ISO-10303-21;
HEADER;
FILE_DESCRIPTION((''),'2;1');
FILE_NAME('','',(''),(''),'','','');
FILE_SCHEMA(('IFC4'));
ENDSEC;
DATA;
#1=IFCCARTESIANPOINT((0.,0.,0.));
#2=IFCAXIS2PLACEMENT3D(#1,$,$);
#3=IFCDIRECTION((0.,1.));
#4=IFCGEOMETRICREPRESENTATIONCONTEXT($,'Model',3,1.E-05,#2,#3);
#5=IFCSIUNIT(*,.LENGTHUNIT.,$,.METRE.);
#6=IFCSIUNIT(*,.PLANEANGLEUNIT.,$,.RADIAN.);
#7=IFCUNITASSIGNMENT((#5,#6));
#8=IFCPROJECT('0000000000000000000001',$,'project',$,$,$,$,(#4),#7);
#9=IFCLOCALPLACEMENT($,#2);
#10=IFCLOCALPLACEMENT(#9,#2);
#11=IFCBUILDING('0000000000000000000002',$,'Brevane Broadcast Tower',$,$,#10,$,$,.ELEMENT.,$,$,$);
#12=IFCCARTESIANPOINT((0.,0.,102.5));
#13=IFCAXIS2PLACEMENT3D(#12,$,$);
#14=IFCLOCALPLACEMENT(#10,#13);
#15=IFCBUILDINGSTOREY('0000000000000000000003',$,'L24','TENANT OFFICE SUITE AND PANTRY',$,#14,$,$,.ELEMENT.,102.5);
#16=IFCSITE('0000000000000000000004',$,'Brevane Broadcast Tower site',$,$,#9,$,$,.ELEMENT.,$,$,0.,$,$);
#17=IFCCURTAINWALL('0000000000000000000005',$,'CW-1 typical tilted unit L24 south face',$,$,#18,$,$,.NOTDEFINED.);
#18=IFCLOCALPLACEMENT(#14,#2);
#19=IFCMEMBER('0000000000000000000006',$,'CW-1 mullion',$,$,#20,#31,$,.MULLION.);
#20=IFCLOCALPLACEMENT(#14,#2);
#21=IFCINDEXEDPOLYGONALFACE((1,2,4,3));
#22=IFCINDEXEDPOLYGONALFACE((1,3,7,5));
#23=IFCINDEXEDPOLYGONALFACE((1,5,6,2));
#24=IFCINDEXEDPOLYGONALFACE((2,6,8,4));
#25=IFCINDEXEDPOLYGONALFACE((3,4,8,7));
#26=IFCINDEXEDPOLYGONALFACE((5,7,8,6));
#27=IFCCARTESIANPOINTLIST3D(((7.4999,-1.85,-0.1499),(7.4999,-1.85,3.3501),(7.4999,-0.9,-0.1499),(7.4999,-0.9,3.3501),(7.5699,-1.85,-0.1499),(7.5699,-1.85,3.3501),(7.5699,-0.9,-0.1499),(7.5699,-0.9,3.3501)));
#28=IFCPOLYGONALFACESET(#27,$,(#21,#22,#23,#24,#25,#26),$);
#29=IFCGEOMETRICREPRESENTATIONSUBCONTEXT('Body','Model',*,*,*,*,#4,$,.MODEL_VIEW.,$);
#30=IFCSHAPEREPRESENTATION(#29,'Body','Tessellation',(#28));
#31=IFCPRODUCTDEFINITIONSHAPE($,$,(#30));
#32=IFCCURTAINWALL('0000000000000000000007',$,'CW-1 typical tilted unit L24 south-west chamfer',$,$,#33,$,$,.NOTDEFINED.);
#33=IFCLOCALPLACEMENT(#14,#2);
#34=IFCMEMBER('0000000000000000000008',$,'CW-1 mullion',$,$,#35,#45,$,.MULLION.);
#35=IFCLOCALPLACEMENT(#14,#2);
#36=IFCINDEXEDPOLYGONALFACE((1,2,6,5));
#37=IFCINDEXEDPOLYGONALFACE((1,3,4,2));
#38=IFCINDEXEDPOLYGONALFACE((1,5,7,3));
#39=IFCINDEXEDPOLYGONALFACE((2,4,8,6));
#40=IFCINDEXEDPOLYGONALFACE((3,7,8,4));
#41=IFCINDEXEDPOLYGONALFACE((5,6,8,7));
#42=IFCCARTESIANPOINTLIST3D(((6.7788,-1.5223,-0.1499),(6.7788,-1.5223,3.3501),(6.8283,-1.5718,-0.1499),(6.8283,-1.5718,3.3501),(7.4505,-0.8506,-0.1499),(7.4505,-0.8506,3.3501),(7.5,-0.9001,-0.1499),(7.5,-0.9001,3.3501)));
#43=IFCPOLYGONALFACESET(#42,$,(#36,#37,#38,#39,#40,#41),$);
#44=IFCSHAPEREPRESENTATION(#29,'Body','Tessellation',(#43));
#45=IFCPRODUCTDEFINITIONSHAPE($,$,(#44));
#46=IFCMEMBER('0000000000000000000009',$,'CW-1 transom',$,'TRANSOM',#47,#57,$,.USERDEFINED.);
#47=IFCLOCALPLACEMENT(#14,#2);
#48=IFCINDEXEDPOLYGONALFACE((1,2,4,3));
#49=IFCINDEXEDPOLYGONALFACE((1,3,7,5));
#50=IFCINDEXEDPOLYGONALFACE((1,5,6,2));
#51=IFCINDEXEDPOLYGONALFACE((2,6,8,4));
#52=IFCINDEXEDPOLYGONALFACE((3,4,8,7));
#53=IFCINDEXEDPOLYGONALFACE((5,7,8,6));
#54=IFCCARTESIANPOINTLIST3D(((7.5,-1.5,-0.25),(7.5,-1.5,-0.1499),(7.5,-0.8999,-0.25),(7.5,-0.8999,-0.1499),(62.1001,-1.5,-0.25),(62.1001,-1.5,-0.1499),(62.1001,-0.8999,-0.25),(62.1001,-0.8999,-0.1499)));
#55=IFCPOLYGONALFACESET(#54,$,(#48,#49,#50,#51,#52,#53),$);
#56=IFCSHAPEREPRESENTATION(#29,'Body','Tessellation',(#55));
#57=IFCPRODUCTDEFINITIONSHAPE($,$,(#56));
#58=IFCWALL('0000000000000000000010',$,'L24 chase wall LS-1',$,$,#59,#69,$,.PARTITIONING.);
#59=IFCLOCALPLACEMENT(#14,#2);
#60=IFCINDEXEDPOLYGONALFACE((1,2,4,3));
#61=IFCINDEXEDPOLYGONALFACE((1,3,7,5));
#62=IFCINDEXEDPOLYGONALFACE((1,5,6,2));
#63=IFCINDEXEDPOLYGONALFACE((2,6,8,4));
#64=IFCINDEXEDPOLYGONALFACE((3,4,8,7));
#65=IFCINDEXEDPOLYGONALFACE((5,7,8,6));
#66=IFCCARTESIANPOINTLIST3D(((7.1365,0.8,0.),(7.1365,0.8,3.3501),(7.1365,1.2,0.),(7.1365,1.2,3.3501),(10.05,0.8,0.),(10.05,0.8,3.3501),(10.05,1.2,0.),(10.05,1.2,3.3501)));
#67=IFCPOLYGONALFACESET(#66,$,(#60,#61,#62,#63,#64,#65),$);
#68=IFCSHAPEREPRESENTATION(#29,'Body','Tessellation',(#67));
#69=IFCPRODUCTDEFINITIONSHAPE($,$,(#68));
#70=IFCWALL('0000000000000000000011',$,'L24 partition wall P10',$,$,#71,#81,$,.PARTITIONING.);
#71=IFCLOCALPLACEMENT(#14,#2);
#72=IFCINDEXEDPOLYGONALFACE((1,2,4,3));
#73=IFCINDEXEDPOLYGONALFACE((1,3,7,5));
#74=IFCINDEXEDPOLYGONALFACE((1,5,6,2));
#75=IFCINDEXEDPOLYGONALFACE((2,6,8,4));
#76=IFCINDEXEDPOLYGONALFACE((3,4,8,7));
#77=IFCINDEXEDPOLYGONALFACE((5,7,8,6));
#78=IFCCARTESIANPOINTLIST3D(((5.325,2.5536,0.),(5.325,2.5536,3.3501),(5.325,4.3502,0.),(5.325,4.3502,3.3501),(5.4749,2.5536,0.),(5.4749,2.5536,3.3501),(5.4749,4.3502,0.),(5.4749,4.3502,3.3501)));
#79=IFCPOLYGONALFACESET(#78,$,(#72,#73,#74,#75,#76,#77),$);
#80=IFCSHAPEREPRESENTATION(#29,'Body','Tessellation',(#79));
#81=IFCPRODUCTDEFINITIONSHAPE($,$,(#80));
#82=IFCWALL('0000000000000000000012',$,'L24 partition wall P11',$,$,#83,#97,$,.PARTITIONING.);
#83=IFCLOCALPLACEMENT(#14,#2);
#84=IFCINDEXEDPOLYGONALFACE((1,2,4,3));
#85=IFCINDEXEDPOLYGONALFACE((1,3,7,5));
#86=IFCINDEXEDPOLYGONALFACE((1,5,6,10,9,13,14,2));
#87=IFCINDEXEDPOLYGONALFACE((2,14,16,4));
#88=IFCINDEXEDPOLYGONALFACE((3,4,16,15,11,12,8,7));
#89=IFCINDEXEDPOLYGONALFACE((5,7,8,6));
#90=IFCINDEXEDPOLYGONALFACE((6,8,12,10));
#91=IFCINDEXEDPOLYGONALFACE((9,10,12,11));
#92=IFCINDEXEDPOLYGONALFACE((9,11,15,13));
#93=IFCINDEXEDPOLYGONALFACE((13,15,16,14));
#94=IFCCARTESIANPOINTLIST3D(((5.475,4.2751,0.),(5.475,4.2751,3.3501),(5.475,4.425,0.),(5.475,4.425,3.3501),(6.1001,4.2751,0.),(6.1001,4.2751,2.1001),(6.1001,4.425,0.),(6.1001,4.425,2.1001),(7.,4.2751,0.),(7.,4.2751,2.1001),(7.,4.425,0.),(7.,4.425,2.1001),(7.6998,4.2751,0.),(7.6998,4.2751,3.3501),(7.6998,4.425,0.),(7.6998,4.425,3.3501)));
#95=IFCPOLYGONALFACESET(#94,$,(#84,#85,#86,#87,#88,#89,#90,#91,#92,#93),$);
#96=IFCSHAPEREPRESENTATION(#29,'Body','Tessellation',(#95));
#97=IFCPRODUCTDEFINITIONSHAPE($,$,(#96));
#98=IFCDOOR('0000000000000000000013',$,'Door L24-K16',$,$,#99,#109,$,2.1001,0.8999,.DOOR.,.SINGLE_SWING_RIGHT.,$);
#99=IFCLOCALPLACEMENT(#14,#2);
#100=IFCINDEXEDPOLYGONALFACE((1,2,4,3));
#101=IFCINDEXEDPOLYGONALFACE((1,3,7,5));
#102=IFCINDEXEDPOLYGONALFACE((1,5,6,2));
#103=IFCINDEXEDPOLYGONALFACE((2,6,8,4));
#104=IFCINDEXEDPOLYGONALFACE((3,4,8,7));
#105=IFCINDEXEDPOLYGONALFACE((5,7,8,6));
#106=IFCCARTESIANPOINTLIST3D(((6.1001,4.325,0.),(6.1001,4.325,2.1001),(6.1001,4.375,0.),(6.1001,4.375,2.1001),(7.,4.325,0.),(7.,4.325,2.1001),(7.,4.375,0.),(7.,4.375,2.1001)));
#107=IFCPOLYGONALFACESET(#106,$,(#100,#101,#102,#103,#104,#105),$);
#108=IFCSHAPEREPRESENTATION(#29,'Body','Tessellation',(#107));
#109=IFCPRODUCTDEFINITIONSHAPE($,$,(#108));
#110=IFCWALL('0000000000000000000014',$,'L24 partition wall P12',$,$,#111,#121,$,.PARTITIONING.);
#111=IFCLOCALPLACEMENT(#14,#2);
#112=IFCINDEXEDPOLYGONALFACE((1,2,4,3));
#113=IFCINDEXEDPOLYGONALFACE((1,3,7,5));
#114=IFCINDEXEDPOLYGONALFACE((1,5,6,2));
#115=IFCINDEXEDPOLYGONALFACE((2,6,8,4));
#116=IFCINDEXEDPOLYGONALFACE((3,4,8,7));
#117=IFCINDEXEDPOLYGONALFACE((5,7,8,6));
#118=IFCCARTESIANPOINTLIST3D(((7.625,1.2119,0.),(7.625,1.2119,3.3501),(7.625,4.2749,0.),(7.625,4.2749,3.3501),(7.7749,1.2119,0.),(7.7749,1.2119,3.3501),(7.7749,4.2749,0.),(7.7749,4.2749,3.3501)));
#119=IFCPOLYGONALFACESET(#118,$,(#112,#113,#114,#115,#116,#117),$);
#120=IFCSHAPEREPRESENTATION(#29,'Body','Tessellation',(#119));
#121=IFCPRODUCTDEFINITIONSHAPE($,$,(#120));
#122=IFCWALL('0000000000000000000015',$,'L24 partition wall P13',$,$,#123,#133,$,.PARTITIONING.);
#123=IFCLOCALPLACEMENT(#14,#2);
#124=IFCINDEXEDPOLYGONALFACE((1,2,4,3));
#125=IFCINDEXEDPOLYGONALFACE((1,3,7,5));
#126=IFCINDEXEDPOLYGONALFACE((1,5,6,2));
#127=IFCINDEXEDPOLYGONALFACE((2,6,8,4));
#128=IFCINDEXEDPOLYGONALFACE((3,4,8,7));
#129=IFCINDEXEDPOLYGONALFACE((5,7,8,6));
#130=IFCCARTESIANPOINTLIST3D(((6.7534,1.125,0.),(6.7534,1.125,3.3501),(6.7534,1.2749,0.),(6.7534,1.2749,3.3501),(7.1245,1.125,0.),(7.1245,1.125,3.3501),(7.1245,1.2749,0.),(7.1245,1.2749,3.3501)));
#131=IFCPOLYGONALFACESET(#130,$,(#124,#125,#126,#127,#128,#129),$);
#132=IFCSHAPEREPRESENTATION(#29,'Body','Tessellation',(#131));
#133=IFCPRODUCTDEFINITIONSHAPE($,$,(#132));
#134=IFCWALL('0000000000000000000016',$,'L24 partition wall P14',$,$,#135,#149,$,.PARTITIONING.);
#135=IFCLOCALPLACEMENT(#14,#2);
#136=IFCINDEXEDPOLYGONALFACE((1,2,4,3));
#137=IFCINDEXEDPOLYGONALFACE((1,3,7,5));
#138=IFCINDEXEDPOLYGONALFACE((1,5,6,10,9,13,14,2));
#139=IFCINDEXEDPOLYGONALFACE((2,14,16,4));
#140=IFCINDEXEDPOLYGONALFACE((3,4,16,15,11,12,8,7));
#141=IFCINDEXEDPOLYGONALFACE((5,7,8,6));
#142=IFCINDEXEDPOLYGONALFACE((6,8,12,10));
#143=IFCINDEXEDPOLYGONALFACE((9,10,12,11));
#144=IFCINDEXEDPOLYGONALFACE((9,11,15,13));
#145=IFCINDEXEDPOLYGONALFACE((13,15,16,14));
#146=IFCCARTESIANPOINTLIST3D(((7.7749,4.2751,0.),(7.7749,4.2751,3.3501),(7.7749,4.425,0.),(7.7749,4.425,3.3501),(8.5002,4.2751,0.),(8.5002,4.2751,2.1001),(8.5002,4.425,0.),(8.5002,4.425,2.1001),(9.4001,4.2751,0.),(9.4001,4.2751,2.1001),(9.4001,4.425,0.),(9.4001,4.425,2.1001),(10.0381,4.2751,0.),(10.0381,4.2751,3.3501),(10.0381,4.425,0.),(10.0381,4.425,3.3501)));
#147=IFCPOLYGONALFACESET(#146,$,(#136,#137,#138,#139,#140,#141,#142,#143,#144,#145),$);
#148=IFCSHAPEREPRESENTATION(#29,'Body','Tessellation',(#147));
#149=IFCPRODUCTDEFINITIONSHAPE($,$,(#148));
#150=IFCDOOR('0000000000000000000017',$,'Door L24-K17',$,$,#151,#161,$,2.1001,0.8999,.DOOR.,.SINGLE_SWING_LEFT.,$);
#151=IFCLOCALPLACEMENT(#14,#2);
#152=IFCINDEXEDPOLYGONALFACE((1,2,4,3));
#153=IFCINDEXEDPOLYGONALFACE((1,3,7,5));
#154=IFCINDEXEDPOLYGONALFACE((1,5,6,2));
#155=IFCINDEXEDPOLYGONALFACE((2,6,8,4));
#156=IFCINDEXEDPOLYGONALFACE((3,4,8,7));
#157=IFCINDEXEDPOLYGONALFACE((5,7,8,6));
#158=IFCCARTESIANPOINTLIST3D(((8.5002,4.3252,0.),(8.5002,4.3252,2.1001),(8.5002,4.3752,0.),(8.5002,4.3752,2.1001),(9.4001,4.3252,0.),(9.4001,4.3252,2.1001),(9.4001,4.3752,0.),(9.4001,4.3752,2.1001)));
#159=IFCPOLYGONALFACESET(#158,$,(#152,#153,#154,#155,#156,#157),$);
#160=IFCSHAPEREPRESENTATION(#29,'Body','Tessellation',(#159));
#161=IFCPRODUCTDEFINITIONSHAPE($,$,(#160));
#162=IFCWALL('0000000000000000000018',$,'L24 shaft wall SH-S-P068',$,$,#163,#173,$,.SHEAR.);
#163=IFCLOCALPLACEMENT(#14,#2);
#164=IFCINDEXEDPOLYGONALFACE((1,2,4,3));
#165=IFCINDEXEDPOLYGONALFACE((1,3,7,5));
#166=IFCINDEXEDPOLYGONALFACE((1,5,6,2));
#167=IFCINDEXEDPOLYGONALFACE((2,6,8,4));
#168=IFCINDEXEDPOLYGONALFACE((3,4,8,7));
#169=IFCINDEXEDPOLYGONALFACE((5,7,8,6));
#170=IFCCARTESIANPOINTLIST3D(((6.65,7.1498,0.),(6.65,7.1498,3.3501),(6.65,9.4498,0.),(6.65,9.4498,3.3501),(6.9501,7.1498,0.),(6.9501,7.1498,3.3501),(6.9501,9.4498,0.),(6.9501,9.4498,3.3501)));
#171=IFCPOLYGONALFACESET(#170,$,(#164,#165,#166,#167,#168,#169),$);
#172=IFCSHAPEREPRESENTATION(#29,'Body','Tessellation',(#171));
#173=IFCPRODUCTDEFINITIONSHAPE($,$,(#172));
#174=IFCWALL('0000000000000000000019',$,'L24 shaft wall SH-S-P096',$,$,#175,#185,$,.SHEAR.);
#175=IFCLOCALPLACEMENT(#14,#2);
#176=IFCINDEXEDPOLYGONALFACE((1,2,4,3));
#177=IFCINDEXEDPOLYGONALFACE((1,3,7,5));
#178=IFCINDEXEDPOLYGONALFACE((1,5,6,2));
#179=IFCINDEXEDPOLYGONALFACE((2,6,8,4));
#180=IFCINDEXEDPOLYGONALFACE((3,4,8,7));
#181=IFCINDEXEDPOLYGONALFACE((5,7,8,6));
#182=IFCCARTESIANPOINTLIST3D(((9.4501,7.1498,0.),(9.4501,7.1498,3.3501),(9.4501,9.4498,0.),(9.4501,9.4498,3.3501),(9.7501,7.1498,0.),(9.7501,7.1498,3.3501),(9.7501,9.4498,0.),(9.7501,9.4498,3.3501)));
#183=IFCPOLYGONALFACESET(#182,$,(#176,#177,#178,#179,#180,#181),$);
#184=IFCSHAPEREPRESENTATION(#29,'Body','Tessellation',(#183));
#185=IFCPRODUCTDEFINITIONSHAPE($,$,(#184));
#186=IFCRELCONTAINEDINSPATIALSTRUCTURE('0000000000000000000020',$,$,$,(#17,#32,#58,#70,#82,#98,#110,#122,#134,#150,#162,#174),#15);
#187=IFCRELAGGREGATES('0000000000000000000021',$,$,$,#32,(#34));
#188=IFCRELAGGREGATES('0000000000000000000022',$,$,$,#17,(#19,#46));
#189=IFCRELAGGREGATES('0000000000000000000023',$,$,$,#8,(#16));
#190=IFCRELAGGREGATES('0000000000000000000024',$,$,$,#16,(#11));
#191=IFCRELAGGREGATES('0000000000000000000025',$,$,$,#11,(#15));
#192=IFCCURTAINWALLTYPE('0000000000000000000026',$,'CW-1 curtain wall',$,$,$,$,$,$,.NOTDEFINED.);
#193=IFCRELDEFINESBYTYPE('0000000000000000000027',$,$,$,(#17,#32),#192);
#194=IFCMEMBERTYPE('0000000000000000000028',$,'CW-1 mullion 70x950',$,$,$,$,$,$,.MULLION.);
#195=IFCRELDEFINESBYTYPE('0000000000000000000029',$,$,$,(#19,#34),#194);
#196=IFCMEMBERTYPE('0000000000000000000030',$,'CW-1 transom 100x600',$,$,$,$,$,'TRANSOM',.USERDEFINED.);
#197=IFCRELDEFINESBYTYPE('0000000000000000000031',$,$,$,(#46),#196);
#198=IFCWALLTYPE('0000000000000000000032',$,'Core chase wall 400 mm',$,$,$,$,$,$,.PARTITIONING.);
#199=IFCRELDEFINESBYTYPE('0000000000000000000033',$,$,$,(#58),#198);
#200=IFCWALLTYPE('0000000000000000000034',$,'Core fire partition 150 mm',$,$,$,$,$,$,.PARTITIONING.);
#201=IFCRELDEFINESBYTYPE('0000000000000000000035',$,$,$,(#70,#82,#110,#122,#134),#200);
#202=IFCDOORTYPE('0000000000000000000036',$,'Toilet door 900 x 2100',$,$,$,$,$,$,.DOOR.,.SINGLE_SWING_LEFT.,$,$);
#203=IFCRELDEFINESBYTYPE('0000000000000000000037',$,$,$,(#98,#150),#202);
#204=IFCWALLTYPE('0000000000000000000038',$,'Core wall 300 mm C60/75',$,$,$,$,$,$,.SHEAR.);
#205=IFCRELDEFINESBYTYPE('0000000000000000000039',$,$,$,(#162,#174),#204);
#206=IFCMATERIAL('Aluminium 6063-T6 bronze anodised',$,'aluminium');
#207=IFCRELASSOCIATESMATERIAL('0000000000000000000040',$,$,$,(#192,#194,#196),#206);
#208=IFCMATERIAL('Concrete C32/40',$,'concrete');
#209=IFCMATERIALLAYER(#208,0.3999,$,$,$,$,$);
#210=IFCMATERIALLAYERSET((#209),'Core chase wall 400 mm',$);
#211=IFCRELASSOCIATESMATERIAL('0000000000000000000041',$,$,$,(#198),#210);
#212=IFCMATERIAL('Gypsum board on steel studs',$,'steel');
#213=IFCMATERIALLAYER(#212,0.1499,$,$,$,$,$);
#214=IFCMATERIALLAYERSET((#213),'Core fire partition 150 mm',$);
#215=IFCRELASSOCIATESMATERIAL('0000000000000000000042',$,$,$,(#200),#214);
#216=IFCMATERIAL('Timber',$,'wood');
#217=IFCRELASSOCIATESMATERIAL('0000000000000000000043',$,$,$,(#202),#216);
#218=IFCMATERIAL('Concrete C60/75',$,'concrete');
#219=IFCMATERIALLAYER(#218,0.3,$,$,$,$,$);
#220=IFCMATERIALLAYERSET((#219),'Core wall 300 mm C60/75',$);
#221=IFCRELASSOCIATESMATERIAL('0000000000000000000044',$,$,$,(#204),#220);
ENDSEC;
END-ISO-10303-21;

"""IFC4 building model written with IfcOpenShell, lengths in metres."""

from ifc_helpers import new_model, si_unit, direction, frame, frame_2d, origin, origin_2d, place, context, subcontext, project, spatial, rectangle, extrude, material, layer, layer_set, material_profile, profile_set, type_object, element, fill, aggregate, save


model = new_model("IFC4")

# Units and contexts
model_context = context("Model", 3, precision=1e-05, world=origin(), true_north=direction((0.0, 1.0)))
body_context = subcontext(model_context, "Body", "Model", "MODEL_VIEW")
ifc_project = project(units=[si_unit("LENGTHUNIT", "METRE"), si_unit("PLANEANGLEUNIT", "RADIAN")], contexts=[model_context])

# Site, building, storey
site_placement = place(None, origin())
site = spatial("IfcSite", under=ifc_project, at=site_placement, Name="Brevane Broadcast Tower site", CompositionType="ELEMENT", RefElevation=0.0)
building_placement = place(site_placement, origin())
building = spatial("IfcBuilding", under=site, at=building_placement, Name="Brevane Broadcast Tower", CompositionType="ELEMENT")
storey_placement = place(building_placement, frame((0.0, 0.0, 102.5)))
storey = spatial("IfcBuildingStorey", under=building, at=storey_placement, Name="L24", Description="TENANT OFFICE SUITE AND PANTRY", CompositionType="ELEMENT", Elevation=102.5)

# Curtain walls, members
ifc_material_1 = material(Name="Aluminium 6063-T6 bronze anodised", Category="aluminium")
curtain_wall_type = type_object("IfcCurtainWallType", Name="CW-1 curtain wall", PredefinedType="NOTDEFINED", material=ifc_material_1)
curtain_wall_1_placement = place(storey_placement, origin())
curtain_wall_1 = element("IfcCurtainWall", 1, at=curtain_wall_1_placement, inside=storey, type_object=curtain_wall_type, Name="CW-1 typical tilted unit L24 south face", PredefinedType="NOTDEFINED")
ifc_material_profile_1 = material_profile(ifc_material_1, rectangle(XDim=0.95, YDim=0.0701, at=origin_2d()), Name="RECT 70x950")
ifc_profile_set_1 = profile_set([ifc_material_profile_1], Name="Aluminium 6063-T6 bronze anodised")
member_type_1 = type_object("IfcMemberType", Name="CW-1 mullion 70x950", PredefinedType="MULLION", material=ifc_profile_set_1)
member_1_placement = place(storey_placement, frame((7.5349, -1.375, -0.1499), z_axis=(0.0, 0.0, 1.0), x_axis=(0.0, 1.0, 0.0)))
member_1 = element("IfcMember", 2, at=member_1_placement, type_object=member_type_1, Name="CW-1 mullion", PredefinedType="MULLION", context=body_context, shape_type="SweptSolid", body=[
    extrude(rectangle(XDim=0.95, YDim=0.0701, at=origin_2d()), origin(), (0.0, 0.0, 1.0), 3.5),
])
curtain_wall_2_placement = place(storey_placement, origin())
curtain_wall_2 = element("IfcCurtainWall", 3, at=curtain_wall_2_placement, inside=storey, type_object=curtain_wall_type, Name="CW-1 typical tilted unit L24 south-west chamfer", PredefinedType="NOTDEFINED")
member_2_placement = place(storey_placement, frame((7.1394, -1.2112, -0.1499), z_axis=(0.0, 0.0, 1.0), x_axis=(0.707107, 0.707107, 0.0)))
member_2 = element("IfcMember", 4, at=member_2_placement, type_object=member_type_1, Name="CW-1 mullion", PredefinedType="MULLION", context=body_context, shape_type="SweptSolid", body=[
    extrude(rectangle(XDim=0.95, YDim=0.0701, at=origin_2d()), origin(), (0.0, 0.0, 1.0), 3.5),
])
aggregate(curtain_wall_2, [member_2])

# Member
ifc_material_profile_2 = material_profile(ifc_material_1, rectangle(XDim=0.6001, YDim=0.1001, at=origin_2d()), Name="RECT 100x600")
ifc_profile_set_2 = profile_set([ifc_material_profile_2], Name="Aluminium 6063-T6 bronze anodised")
member_type_2 = type_object("IfcMemberType", Name="CW-1 transom 100x600", ElementType="TRANSOM", PredefinedType="USERDEFINED", material=ifc_profile_set_2)
member_3_placement = place(storey_placement, frame((7.5, -1.2, -0.2), z_axis=(1.0, 0.0, 0.0), x_axis=(0.0, 1.0, 0.0)))
member_3 = element("IfcMember", 5, at=member_3_placement, type_object=member_type_2, Name="CW-1 transom", ObjectType="TRANSOM", PredefinedType="USERDEFINED", context=body_context, shape_type="SweptSolid", body=[
    extrude(rectangle(XDim=0.6001, YDim=0.1001, at=origin_2d()), origin(), (0.0, 0.0, 1.0), 54.6001),
])
aggregate(curtain_wall_1, [member_1, member_3])

# Walls
ifc_material_2 = material(Name="Concrete C32/40", Category="concrete")
ifc_layer_1 = layer(ifc_material_2, 0.3999)
ifc_layer_set_1 = layer_set([ifc_layer_1], Name="Core chase wall 400 mm")
wall_type_1 = type_object("IfcWallType", Name="Core chase wall 400 mm", PredefinedType="PARTITIONING", material=ifc_layer_set_1)
wall_1_placement = place(storey_placement, frame((7.1365, 1.0, 0.0), z_axis=(0.0, 0.0, 1.0), x_axis=(1.0, 0.0, 0.0)))
element("IfcWall", 6, at=wall_1_placement, inside=storey, type_object=wall_type_1, Name="L24 chase wall LS-1", PredefinedType="PARTITIONING", context=body_context, shape_type="SweptSolid", body=[
    extrude(rectangle(XDim=2.9136, YDim=0.3999, at=frame_2d((1.4568, 0.0))), origin(), (0.0, 0.0, 1.0), 3.3501),
])
ifc_material_3 = material(Name="Gypsum board on steel studs", Category="steel")
ifc_layer_2 = layer(ifc_material_3, 0.1499)
ifc_layer_set_2 = layer_set([ifc_layer_2], Name="Core fire partition 150 mm")
wall_type_2 = type_object("IfcWallType", Name="Core fire partition 150 mm", PredefinedType="PARTITIONING", material=ifc_layer_set_2)
wall_2_placement = place(storey_placement, frame((5.3999, 2.5535, 0.0), z_axis=(0.0, 0.0, 1.0), x_axis=(0.0, 1.0, 0.0)))
element("IfcWall", 7, at=wall_2_placement, inside=storey, type_object=wall_type_2, Name="L24 partition wall P10", PredefinedType="PARTITIONING", context=body_context, shape_type="SweptSolid", body=[
    extrude(rectangle(XDim=1.7966, YDim=0.1499, at=frame_2d((0.8984, 0.0))), origin(), (0.0, 0.0, 1.0), 3.3501),
])

# Wall, opening, door
wall_3_placement = place(storey_placement, frame((5.4751, 4.3501, 0.0), z_axis=(0.0, 0.0, 1.0), x_axis=(1.0, 0.0, 0.0)))
wall_3 = element("IfcWall", 8, at=wall_3_placement, inside=storey, type_object=wall_type_2, Name="L24 partition wall P11", PredefinedType="PARTITIONING", context=body_context, shape_type="SweptSolid", body=[
    extrude(rectangle(XDim=2.2249, YDim=0.1499, at=frame_2d((1.1123, 0.0))), origin(), (0.0, 0.0, 1.0), 3.3501),
])
opening_1_placement = place(wall_3_placement, frame((0.625, 0.0, 0.0)))
opening_1 = element("IfcOpeningElement", 9, at=opening_1_placement, cuts=wall_3, PredefinedType="OPENING", context=body_context, shape_type="SweptSolid", body=[
    extrude(rectangle(XDim=0.8999, YDim=2.1001, at=frame_2d((0.45, 1.05))), frame((0.0, 0.085, 0.0), z_axis=(0.0, -1.0, 0.0), x_axis=(1.0, 0.0, 0.0)), (0.0, 0.0, 1.0), 0.1699),
])
ifc_material_4 = material(Name="Timber", Category="wood")
door_type = type_object("IfcDoorType", Name="Toilet door 900 x 2100", OperationType="SINGLE_SWING_LEFT", PredefinedType="DOOR", material=ifc_material_4)
door_1_placement = place(opening_1_placement, origin())
door_1 = element("IfcDoor", 10, at=door_1_placement, inside=storey, type_object=door_type, Name="Door L24-K16", OperationType="SINGLE_SWING_RIGHT", OverallHeight=2.1001, OverallWidth=0.8999, PredefinedType="DOOR", context=body_context, shape_type="SweptSolid", body=[
    extrude(rectangle(XDim=0.8999, YDim=2.1001, at=frame_2d((0.45, 1.05))), frame((0.0, 0.0249, 0.0), z_axis=(0.0, -1.0, 0.0), x_axis=(1.0, 0.0, 0.0)), (0.0, 0.0, 1.0), 0.05),
])
fill(opening_1, door_1)

# Walls
wall_4_placement = place(storey_placement, frame((7.7, 4.2749, 0.0), z_axis=(0.0, 0.0, 1.0), x_axis=(0.0, -1.0, 0.0)))
element("IfcWall", 11, at=wall_4_placement, inside=storey, type_object=wall_type_2, Name="L24 partition wall P12", PredefinedType="PARTITIONING", context=body_context, shape_type="SweptSolid", body=[
    extrude(rectangle(XDim=3.063, YDim=0.1499, at=frame_2d((1.5315, 0.0))), origin(), (0.0, 0.0, 1.0), 3.3501),
])
wall_5_placement = place(storey_placement, frame((7.1245, 1.2, 0.0), z_axis=(0.0, 0.0, 1.0), x_axis=(-1.0, 0.0, 0.0)))
element("IfcWall", 12, at=wall_5_placement, inside=storey, type_object=wall_type_2, Name="L24 partition wall P13", PredefinedType="PARTITIONING", context=body_context, shape_type="SweptSolid", body=[
    extrude(rectangle(XDim=0.3711, YDim=0.1499, at=frame_2d((0.1855, 0.0))), origin(), (0.0, 0.0, 1.0), 3.3501),
])

# Wall, opening, door
wall_6_placement = place(storey_placement, frame((10.0381, 4.3501, 0.0), z_axis=(0.0, 0.0, 1.0), x_axis=(-1.0, 0.0, 0.0)))
wall_6 = element("IfcWall", 13, at=wall_6_placement, inside=storey, type_object=wall_type_2, Name="L24 partition wall P14", PredefinedType="PARTITIONING", context=body_context, shape_type="SweptSolid", body=[
    extrude(rectangle(XDim=2.2632, YDim=0.1499, at=frame_2d((1.1316, 0.0))), origin(), (0.0, 0.0, 1.0), 3.3501),
])
opening_2_placement = place(wall_6_placement, frame((0.6379, 0.0, 0.0)))
opening_2 = element("IfcOpeningElement", 14, at=opening_2_placement, cuts=wall_6, PredefinedType="OPENING", context=body_context, shape_type="SweptSolid", body=[
    extrude(rectangle(XDim=0.8999, YDim=2.1001, at=frame_2d((0.45, 1.05))), frame((0.0, 0.085, 0.0), z_axis=(0.0, -1.0, 0.0), x_axis=(1.0, 0.0, 0.0)), (0.0, 0.0, 1.0), 0.1699),
])
door_2_placement = place(opening_2_placement, origin())
door_2 = element("IfcDoor", 15, at=door_2_placement, inside=storey, type_object=door_type, Name="Door L24-K17", OperationType="SINGLE_SWING_LEFT", OverallHeight=2.1001, OverallWidth=0.8999, PredefinedType="DOOR", context=body_context, shape_type="SweptSolid", body=[
    extrude(rectangle(XDim=0.8999, YDim=2.1001, at=frame_2d((0.45, 1.05))), frame((0.0, 0.0249, 0.0), z_axis=(0.0, -1.0, 0.0), x_axis=(1.0, 0.0, 0.0)), (0.0, 0.0, 1.0), 0.05),
])
fill(opening_2, door_2)

# Walls
ifc_material_5 = material(Name="Concrete C60/75", Category="concrete")
ifc_layer_3 = layer(ifc_material_5, 0.3)
ifc_layer_set_3 = layer_set([ifc_layer_3], Name="Core wall 300 mm C60/75")
wall_type_3 = type_object("IfcWallType", Name="Core wall 300 mm C60/75", PredefinedType="SHEAR", material=ifc_layer_set_3)
for number, where, z_axis, x_axis, name in (
    (16, (6.8, 7.1499, 0.0), (0.0, 0.0, 1.0), (0.0, 1.0, 0.0), "L24 shaft wall SH-S-P068"),
    (17, (9.6001, 7.1499, 0.0), (0.0, 0.0, 1.0), (0.0, 1.0, 0.0), "L24 shaft wall SH-S-P096"),
):
    element("IfcWall", number, at=place(storey_placement, frame(where, z_axis=z_axis, x_axis=x_axis)), inside=storey, type_object=wall_type_3, Name=name, PredefinedType="SHEAR", context=body_context, shape_type="SweptSolid", body=[
        extrude(rectangle(XDim=2.3, YDim=0.3, at=frame_2d((1.1499, 0.0))), origin(), (0.0, 0.0, 1.0), 3.3501),
    ])

save(model, "model.ifc")
